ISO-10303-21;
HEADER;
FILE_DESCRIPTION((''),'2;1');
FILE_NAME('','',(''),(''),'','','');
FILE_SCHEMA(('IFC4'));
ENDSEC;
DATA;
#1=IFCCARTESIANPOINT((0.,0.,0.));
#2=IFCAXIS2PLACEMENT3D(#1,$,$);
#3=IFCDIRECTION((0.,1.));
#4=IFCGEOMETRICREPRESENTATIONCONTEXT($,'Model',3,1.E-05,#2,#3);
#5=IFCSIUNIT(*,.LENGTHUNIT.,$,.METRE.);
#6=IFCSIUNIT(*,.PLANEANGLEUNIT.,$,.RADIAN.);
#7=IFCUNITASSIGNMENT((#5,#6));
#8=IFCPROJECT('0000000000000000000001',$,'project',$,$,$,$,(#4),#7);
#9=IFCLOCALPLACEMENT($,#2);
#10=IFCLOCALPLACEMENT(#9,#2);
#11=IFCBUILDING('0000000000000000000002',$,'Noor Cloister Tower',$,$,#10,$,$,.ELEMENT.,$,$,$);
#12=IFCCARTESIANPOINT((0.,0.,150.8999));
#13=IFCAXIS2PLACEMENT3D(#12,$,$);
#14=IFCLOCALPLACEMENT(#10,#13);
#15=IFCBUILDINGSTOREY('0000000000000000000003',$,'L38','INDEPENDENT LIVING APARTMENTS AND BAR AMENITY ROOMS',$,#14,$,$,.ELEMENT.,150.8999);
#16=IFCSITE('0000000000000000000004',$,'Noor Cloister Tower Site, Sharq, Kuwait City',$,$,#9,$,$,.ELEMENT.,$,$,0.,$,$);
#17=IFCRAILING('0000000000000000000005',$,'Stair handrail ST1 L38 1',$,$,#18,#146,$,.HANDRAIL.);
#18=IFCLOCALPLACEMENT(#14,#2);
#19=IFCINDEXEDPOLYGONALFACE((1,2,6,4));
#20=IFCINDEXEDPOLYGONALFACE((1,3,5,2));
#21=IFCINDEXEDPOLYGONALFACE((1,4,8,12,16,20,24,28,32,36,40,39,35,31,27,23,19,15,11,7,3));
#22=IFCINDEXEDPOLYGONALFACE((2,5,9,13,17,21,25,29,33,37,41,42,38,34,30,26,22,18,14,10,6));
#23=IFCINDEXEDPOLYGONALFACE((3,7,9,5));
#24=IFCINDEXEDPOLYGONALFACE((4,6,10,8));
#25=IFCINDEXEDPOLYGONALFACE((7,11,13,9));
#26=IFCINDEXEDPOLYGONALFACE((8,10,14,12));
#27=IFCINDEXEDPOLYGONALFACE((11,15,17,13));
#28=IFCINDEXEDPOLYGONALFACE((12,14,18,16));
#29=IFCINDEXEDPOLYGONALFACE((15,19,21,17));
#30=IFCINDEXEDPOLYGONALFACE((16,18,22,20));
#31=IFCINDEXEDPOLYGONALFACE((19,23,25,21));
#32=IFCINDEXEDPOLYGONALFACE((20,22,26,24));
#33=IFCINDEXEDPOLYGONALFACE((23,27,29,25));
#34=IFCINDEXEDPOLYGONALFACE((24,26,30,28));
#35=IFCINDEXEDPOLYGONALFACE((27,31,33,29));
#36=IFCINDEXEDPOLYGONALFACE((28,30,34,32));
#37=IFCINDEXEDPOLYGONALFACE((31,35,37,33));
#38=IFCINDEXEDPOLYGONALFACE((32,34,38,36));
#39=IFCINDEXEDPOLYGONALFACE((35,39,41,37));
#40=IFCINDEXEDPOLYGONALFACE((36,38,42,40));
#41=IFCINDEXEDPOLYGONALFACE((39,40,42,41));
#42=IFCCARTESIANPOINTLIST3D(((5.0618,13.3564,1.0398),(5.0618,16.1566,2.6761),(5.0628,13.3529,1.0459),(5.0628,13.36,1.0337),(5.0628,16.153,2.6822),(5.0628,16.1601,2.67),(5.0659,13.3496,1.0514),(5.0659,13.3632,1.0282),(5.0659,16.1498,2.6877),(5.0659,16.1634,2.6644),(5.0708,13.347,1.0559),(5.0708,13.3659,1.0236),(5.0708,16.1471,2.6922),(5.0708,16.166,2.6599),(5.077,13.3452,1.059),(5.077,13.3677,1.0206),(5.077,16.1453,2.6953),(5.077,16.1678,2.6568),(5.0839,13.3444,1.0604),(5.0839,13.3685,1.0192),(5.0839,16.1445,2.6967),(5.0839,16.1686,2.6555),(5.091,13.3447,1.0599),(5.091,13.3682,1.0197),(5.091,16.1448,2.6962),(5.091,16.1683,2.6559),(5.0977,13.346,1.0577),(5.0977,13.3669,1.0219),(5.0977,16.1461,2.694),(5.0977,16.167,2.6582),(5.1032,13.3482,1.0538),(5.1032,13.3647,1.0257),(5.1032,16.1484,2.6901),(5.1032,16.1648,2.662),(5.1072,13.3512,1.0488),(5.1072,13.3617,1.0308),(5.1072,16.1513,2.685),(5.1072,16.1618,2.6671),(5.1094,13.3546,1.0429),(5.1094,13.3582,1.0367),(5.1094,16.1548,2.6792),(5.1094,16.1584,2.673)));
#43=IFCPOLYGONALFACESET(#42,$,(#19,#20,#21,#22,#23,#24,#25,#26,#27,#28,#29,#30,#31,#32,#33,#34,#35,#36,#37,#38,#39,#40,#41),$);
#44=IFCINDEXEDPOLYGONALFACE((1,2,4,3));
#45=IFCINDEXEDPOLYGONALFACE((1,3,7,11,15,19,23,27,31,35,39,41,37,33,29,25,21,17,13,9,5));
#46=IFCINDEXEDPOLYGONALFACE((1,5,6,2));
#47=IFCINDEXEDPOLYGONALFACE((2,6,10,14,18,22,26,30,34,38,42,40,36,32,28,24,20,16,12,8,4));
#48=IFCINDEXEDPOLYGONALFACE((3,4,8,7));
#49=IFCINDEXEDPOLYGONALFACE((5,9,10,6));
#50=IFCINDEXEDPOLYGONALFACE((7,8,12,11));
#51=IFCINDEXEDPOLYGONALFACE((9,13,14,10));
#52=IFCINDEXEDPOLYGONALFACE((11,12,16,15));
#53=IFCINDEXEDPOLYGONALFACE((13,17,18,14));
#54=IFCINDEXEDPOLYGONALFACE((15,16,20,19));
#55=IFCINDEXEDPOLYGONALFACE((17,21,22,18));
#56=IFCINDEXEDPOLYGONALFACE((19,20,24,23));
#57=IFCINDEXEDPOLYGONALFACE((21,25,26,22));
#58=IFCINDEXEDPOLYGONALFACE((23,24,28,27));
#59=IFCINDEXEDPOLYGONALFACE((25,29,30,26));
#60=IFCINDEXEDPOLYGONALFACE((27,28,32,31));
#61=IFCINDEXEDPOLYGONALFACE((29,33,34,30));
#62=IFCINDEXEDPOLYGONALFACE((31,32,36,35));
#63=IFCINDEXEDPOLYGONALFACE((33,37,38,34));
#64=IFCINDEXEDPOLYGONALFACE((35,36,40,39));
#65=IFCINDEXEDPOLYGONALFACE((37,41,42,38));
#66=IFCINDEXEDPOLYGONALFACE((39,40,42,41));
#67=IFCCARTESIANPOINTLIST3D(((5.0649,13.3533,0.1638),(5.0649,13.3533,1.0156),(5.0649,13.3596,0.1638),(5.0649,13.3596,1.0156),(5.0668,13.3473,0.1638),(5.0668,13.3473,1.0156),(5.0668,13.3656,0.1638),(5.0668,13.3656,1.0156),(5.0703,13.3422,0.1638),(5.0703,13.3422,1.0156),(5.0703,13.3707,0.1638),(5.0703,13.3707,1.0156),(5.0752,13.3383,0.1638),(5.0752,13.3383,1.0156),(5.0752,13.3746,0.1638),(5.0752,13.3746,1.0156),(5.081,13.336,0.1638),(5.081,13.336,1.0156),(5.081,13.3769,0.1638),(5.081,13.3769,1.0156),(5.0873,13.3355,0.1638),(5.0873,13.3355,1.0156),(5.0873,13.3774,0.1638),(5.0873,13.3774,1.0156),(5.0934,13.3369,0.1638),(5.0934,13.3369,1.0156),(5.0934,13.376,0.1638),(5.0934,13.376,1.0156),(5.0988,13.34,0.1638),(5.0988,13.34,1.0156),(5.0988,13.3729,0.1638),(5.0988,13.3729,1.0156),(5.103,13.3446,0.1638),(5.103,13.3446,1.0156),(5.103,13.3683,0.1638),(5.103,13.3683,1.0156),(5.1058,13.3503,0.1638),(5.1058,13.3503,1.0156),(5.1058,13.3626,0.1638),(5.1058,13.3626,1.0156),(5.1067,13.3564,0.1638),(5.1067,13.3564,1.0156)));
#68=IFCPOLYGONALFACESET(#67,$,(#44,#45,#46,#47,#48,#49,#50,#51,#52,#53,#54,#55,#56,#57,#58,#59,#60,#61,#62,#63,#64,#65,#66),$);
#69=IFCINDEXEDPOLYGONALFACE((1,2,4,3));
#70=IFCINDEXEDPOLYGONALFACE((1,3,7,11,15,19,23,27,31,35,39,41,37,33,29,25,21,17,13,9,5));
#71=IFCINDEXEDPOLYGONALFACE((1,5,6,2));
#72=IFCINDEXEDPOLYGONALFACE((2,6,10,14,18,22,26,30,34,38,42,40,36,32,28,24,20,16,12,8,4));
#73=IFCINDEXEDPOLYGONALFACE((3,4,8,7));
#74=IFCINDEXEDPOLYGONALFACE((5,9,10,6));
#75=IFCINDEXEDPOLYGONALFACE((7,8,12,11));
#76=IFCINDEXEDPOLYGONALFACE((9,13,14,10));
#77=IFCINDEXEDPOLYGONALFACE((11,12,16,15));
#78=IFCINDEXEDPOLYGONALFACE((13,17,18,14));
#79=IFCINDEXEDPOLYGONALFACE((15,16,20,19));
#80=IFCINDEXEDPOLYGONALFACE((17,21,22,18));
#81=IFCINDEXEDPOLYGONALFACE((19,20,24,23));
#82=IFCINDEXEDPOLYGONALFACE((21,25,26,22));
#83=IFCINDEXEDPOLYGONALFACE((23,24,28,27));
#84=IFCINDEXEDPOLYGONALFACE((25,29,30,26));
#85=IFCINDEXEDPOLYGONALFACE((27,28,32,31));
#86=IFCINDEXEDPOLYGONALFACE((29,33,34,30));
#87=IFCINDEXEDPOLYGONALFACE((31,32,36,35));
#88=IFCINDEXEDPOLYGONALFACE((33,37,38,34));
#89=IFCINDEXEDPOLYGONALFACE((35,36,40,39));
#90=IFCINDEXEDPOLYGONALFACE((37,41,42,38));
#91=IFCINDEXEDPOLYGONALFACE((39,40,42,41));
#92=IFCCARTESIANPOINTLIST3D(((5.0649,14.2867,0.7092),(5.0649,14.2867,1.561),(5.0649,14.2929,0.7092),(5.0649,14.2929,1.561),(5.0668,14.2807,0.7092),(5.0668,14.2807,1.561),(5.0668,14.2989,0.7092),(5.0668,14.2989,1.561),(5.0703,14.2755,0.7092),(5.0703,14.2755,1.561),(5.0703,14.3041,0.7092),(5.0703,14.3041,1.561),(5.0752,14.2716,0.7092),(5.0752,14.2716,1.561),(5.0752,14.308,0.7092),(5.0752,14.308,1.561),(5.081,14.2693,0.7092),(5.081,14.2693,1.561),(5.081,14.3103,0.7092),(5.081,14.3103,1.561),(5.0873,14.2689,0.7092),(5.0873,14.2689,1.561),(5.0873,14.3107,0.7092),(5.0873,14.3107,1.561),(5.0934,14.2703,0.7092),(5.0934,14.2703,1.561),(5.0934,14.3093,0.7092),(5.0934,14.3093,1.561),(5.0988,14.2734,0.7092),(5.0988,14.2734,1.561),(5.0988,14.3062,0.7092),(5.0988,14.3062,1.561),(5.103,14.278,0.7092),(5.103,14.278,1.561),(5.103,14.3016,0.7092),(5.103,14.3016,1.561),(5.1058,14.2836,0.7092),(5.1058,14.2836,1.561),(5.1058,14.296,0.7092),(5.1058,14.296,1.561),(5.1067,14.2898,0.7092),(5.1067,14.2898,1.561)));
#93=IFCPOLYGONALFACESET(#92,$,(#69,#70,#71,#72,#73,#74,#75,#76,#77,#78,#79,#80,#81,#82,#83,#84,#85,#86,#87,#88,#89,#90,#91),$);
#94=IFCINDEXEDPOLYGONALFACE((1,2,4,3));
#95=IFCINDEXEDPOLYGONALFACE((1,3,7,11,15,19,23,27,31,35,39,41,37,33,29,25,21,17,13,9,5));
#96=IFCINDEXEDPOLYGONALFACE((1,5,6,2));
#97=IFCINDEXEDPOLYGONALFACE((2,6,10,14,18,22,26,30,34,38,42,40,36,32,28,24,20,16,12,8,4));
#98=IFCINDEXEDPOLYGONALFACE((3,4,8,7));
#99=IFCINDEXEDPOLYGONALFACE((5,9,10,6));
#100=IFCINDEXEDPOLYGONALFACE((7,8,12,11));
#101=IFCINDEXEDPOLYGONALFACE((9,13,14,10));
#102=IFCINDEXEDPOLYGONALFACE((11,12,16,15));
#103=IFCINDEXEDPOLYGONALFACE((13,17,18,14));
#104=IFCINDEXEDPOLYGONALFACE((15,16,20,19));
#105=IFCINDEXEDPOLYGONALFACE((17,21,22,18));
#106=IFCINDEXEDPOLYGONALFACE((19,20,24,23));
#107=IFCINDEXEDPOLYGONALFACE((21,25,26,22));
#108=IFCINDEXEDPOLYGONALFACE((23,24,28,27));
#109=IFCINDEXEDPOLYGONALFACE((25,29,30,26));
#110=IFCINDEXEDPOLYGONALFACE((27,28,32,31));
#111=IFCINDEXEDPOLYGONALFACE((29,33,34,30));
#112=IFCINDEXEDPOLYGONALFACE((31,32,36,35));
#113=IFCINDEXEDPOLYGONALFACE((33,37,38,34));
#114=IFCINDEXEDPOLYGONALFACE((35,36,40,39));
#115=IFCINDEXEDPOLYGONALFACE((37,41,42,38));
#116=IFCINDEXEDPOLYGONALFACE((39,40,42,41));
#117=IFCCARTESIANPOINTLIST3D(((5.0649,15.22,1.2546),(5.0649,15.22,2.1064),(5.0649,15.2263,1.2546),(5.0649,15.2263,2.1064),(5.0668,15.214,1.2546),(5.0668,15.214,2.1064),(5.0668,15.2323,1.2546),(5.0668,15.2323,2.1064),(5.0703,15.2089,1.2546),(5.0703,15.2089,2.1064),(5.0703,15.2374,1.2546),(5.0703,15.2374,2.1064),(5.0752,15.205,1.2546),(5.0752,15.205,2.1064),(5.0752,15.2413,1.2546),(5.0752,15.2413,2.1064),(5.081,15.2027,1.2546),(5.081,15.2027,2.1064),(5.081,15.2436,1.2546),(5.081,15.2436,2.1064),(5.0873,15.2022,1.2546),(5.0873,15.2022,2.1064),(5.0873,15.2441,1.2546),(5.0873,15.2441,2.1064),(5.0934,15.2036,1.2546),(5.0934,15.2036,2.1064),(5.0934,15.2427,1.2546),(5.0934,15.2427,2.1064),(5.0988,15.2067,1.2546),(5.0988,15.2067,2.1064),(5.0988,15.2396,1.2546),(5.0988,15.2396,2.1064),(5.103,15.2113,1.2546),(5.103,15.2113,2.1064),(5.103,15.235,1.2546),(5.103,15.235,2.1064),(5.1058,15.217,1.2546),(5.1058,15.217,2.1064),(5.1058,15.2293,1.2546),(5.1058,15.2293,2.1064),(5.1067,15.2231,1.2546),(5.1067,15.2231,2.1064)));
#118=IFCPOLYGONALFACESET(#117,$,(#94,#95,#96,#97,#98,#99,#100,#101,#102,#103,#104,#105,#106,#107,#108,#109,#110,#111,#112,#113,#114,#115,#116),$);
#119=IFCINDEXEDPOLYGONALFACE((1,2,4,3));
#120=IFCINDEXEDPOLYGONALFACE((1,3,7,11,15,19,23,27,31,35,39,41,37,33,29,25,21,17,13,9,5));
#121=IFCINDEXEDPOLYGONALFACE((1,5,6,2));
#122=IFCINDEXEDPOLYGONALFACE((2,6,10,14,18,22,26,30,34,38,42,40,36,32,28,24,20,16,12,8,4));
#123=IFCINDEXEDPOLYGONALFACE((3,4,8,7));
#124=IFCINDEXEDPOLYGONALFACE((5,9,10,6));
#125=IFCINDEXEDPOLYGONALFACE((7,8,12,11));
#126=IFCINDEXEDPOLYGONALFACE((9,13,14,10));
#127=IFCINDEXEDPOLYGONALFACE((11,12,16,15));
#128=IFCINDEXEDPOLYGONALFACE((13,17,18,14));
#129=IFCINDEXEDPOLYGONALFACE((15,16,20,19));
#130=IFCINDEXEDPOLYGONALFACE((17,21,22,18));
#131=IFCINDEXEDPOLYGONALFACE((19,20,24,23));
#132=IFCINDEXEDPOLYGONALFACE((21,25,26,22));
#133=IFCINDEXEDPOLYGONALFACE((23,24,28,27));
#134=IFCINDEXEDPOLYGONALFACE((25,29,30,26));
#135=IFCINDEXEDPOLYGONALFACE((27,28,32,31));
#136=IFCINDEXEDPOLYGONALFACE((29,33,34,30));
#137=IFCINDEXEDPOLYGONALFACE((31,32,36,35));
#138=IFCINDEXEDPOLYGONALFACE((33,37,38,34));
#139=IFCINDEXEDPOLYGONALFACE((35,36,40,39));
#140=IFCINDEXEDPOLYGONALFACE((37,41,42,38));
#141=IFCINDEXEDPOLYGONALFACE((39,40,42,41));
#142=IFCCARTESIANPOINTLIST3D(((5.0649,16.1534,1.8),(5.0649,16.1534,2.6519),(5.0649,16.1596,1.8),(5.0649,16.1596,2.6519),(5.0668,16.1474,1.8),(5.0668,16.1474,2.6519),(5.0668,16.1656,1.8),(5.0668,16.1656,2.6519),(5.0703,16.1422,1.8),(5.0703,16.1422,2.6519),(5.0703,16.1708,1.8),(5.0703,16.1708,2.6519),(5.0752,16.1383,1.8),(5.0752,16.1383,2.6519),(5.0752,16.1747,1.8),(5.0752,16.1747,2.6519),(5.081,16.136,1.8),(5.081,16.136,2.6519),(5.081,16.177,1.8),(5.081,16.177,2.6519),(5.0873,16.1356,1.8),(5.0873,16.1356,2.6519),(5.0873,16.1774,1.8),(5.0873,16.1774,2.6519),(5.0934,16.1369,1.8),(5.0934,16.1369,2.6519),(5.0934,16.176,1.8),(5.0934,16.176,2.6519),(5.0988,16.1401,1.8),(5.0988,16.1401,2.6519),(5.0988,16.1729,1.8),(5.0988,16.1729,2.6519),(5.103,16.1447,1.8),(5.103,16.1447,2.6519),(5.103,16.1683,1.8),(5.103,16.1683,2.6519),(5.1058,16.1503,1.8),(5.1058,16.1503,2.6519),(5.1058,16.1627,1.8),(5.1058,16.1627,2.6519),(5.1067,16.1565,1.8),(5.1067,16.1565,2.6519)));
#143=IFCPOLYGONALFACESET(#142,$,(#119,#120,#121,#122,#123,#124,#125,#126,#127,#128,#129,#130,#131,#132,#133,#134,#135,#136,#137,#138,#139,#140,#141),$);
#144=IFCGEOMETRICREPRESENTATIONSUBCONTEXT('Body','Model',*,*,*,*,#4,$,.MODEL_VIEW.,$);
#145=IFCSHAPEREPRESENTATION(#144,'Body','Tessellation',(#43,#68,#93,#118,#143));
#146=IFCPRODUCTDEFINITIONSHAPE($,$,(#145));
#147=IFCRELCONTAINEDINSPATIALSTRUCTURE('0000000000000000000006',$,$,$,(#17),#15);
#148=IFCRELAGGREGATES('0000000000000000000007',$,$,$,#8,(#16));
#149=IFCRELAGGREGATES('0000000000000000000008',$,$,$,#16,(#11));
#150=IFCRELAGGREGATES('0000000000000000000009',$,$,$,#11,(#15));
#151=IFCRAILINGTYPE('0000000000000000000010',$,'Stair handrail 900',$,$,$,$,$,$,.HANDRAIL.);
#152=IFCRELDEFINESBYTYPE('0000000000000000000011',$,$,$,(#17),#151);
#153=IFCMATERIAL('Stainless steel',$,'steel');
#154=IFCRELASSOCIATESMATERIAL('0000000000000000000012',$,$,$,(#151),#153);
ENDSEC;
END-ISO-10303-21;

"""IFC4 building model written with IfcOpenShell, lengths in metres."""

from ifc_helpers import new_model, si_unit, direction, frame, origin, origin_2d, place, context, subcontext, project, spatial, circle, extrude, material, type_object, element, save


model = new_model("IFC4")

# Units and contexts
model_context = context("Model", 3, precision=1e-05, world=origin(), true_north=direction((0.0, 1.0)))
body_context = subcontext(model_context, "Body", "Model", "MODEL_VIEW")
ifc_project = project(units=[si_unit("LENGTHUNIT", "METRE"), si_unit("PLANEANGLEUNIT", "RADIAN")], contexts=[model_context])

# Site, building, storey
site_placement = place(None, origin())
site = spatial("IfcSite", under=ifc_project, at=site_placement, Name="Noor Cloister Tower Site, Sharq, Kuwait City", CompositionType="ELEMENT", RefElevation=0.0)
building_placement = place(site_placement, origin())
building = spatial("IfcBuilding", under=site, at=building_placement, Name="Noor Cloister Tower", CompositionType="ELEMENT")
storey_placement = place(building_placement, frame((0.0, 0.0, 150.8999)))
storey = spatial("IfcBuildingStorey", under=building, at=storey_placement, Name="L38", Description="INDEPENDENT LIVING APARTMENTS AND BAR AMENITY ROOMS", CompositionType="ELEMENT", Elevation=150.8999)

# Railing
ifc_material_1 = material(Name="Stainless steel", Category="steel")
railing_type_1 = type_object("IfcRailingType", Name="Stair handrail 900", PredefinedType="HANDRAIL", material=ifc_material_1)
railing_1_placement = place(storey_placement, frame((5.0857, 13.3564, 0.1638)))
element("IfcRailing", 1, at=railing_1_placement, inside=storey, type_object=railing_type_1, Name="Stair handrail ST1 L38 1", PredefinedType="HANDRAIL", context=body_context, shape_type="SweptSolid", body=[
    extrude(circle(Radius=0.0239, at=origin_2d()), frame((0.0, 0.0, 0.876), z_axis=(0.0, 0.863394, 0.504531), x_axis=(-1.0, 0.0, 0.0)), (0.0, 0.0, 1.0), 3.2432),
    extrude(circle(Radius=0.021, at=origin_2d()), origin(), (0.0, 0.0, 1.0), 0.8518),
    extrude(circle(Radius=0.021, at=origin_2d()), frame((0.0, 0.9333, 0.5454)), (0.0, 0.0, 1.0), 0.8518),
    extrude(circle(Radius=0.021, at=origin_2d()), frame((0.0, 1.8667, 1.0908)), (0.0, 0.0, 1.0), 0.8518),
    extrude(circle(Radius=0.021, at=origin_2d()), frame((0.0, 2.8, 1.6362)), (0.0, 0.0, 1.0), 0.8518),
])

save(model, "model.ifc")
